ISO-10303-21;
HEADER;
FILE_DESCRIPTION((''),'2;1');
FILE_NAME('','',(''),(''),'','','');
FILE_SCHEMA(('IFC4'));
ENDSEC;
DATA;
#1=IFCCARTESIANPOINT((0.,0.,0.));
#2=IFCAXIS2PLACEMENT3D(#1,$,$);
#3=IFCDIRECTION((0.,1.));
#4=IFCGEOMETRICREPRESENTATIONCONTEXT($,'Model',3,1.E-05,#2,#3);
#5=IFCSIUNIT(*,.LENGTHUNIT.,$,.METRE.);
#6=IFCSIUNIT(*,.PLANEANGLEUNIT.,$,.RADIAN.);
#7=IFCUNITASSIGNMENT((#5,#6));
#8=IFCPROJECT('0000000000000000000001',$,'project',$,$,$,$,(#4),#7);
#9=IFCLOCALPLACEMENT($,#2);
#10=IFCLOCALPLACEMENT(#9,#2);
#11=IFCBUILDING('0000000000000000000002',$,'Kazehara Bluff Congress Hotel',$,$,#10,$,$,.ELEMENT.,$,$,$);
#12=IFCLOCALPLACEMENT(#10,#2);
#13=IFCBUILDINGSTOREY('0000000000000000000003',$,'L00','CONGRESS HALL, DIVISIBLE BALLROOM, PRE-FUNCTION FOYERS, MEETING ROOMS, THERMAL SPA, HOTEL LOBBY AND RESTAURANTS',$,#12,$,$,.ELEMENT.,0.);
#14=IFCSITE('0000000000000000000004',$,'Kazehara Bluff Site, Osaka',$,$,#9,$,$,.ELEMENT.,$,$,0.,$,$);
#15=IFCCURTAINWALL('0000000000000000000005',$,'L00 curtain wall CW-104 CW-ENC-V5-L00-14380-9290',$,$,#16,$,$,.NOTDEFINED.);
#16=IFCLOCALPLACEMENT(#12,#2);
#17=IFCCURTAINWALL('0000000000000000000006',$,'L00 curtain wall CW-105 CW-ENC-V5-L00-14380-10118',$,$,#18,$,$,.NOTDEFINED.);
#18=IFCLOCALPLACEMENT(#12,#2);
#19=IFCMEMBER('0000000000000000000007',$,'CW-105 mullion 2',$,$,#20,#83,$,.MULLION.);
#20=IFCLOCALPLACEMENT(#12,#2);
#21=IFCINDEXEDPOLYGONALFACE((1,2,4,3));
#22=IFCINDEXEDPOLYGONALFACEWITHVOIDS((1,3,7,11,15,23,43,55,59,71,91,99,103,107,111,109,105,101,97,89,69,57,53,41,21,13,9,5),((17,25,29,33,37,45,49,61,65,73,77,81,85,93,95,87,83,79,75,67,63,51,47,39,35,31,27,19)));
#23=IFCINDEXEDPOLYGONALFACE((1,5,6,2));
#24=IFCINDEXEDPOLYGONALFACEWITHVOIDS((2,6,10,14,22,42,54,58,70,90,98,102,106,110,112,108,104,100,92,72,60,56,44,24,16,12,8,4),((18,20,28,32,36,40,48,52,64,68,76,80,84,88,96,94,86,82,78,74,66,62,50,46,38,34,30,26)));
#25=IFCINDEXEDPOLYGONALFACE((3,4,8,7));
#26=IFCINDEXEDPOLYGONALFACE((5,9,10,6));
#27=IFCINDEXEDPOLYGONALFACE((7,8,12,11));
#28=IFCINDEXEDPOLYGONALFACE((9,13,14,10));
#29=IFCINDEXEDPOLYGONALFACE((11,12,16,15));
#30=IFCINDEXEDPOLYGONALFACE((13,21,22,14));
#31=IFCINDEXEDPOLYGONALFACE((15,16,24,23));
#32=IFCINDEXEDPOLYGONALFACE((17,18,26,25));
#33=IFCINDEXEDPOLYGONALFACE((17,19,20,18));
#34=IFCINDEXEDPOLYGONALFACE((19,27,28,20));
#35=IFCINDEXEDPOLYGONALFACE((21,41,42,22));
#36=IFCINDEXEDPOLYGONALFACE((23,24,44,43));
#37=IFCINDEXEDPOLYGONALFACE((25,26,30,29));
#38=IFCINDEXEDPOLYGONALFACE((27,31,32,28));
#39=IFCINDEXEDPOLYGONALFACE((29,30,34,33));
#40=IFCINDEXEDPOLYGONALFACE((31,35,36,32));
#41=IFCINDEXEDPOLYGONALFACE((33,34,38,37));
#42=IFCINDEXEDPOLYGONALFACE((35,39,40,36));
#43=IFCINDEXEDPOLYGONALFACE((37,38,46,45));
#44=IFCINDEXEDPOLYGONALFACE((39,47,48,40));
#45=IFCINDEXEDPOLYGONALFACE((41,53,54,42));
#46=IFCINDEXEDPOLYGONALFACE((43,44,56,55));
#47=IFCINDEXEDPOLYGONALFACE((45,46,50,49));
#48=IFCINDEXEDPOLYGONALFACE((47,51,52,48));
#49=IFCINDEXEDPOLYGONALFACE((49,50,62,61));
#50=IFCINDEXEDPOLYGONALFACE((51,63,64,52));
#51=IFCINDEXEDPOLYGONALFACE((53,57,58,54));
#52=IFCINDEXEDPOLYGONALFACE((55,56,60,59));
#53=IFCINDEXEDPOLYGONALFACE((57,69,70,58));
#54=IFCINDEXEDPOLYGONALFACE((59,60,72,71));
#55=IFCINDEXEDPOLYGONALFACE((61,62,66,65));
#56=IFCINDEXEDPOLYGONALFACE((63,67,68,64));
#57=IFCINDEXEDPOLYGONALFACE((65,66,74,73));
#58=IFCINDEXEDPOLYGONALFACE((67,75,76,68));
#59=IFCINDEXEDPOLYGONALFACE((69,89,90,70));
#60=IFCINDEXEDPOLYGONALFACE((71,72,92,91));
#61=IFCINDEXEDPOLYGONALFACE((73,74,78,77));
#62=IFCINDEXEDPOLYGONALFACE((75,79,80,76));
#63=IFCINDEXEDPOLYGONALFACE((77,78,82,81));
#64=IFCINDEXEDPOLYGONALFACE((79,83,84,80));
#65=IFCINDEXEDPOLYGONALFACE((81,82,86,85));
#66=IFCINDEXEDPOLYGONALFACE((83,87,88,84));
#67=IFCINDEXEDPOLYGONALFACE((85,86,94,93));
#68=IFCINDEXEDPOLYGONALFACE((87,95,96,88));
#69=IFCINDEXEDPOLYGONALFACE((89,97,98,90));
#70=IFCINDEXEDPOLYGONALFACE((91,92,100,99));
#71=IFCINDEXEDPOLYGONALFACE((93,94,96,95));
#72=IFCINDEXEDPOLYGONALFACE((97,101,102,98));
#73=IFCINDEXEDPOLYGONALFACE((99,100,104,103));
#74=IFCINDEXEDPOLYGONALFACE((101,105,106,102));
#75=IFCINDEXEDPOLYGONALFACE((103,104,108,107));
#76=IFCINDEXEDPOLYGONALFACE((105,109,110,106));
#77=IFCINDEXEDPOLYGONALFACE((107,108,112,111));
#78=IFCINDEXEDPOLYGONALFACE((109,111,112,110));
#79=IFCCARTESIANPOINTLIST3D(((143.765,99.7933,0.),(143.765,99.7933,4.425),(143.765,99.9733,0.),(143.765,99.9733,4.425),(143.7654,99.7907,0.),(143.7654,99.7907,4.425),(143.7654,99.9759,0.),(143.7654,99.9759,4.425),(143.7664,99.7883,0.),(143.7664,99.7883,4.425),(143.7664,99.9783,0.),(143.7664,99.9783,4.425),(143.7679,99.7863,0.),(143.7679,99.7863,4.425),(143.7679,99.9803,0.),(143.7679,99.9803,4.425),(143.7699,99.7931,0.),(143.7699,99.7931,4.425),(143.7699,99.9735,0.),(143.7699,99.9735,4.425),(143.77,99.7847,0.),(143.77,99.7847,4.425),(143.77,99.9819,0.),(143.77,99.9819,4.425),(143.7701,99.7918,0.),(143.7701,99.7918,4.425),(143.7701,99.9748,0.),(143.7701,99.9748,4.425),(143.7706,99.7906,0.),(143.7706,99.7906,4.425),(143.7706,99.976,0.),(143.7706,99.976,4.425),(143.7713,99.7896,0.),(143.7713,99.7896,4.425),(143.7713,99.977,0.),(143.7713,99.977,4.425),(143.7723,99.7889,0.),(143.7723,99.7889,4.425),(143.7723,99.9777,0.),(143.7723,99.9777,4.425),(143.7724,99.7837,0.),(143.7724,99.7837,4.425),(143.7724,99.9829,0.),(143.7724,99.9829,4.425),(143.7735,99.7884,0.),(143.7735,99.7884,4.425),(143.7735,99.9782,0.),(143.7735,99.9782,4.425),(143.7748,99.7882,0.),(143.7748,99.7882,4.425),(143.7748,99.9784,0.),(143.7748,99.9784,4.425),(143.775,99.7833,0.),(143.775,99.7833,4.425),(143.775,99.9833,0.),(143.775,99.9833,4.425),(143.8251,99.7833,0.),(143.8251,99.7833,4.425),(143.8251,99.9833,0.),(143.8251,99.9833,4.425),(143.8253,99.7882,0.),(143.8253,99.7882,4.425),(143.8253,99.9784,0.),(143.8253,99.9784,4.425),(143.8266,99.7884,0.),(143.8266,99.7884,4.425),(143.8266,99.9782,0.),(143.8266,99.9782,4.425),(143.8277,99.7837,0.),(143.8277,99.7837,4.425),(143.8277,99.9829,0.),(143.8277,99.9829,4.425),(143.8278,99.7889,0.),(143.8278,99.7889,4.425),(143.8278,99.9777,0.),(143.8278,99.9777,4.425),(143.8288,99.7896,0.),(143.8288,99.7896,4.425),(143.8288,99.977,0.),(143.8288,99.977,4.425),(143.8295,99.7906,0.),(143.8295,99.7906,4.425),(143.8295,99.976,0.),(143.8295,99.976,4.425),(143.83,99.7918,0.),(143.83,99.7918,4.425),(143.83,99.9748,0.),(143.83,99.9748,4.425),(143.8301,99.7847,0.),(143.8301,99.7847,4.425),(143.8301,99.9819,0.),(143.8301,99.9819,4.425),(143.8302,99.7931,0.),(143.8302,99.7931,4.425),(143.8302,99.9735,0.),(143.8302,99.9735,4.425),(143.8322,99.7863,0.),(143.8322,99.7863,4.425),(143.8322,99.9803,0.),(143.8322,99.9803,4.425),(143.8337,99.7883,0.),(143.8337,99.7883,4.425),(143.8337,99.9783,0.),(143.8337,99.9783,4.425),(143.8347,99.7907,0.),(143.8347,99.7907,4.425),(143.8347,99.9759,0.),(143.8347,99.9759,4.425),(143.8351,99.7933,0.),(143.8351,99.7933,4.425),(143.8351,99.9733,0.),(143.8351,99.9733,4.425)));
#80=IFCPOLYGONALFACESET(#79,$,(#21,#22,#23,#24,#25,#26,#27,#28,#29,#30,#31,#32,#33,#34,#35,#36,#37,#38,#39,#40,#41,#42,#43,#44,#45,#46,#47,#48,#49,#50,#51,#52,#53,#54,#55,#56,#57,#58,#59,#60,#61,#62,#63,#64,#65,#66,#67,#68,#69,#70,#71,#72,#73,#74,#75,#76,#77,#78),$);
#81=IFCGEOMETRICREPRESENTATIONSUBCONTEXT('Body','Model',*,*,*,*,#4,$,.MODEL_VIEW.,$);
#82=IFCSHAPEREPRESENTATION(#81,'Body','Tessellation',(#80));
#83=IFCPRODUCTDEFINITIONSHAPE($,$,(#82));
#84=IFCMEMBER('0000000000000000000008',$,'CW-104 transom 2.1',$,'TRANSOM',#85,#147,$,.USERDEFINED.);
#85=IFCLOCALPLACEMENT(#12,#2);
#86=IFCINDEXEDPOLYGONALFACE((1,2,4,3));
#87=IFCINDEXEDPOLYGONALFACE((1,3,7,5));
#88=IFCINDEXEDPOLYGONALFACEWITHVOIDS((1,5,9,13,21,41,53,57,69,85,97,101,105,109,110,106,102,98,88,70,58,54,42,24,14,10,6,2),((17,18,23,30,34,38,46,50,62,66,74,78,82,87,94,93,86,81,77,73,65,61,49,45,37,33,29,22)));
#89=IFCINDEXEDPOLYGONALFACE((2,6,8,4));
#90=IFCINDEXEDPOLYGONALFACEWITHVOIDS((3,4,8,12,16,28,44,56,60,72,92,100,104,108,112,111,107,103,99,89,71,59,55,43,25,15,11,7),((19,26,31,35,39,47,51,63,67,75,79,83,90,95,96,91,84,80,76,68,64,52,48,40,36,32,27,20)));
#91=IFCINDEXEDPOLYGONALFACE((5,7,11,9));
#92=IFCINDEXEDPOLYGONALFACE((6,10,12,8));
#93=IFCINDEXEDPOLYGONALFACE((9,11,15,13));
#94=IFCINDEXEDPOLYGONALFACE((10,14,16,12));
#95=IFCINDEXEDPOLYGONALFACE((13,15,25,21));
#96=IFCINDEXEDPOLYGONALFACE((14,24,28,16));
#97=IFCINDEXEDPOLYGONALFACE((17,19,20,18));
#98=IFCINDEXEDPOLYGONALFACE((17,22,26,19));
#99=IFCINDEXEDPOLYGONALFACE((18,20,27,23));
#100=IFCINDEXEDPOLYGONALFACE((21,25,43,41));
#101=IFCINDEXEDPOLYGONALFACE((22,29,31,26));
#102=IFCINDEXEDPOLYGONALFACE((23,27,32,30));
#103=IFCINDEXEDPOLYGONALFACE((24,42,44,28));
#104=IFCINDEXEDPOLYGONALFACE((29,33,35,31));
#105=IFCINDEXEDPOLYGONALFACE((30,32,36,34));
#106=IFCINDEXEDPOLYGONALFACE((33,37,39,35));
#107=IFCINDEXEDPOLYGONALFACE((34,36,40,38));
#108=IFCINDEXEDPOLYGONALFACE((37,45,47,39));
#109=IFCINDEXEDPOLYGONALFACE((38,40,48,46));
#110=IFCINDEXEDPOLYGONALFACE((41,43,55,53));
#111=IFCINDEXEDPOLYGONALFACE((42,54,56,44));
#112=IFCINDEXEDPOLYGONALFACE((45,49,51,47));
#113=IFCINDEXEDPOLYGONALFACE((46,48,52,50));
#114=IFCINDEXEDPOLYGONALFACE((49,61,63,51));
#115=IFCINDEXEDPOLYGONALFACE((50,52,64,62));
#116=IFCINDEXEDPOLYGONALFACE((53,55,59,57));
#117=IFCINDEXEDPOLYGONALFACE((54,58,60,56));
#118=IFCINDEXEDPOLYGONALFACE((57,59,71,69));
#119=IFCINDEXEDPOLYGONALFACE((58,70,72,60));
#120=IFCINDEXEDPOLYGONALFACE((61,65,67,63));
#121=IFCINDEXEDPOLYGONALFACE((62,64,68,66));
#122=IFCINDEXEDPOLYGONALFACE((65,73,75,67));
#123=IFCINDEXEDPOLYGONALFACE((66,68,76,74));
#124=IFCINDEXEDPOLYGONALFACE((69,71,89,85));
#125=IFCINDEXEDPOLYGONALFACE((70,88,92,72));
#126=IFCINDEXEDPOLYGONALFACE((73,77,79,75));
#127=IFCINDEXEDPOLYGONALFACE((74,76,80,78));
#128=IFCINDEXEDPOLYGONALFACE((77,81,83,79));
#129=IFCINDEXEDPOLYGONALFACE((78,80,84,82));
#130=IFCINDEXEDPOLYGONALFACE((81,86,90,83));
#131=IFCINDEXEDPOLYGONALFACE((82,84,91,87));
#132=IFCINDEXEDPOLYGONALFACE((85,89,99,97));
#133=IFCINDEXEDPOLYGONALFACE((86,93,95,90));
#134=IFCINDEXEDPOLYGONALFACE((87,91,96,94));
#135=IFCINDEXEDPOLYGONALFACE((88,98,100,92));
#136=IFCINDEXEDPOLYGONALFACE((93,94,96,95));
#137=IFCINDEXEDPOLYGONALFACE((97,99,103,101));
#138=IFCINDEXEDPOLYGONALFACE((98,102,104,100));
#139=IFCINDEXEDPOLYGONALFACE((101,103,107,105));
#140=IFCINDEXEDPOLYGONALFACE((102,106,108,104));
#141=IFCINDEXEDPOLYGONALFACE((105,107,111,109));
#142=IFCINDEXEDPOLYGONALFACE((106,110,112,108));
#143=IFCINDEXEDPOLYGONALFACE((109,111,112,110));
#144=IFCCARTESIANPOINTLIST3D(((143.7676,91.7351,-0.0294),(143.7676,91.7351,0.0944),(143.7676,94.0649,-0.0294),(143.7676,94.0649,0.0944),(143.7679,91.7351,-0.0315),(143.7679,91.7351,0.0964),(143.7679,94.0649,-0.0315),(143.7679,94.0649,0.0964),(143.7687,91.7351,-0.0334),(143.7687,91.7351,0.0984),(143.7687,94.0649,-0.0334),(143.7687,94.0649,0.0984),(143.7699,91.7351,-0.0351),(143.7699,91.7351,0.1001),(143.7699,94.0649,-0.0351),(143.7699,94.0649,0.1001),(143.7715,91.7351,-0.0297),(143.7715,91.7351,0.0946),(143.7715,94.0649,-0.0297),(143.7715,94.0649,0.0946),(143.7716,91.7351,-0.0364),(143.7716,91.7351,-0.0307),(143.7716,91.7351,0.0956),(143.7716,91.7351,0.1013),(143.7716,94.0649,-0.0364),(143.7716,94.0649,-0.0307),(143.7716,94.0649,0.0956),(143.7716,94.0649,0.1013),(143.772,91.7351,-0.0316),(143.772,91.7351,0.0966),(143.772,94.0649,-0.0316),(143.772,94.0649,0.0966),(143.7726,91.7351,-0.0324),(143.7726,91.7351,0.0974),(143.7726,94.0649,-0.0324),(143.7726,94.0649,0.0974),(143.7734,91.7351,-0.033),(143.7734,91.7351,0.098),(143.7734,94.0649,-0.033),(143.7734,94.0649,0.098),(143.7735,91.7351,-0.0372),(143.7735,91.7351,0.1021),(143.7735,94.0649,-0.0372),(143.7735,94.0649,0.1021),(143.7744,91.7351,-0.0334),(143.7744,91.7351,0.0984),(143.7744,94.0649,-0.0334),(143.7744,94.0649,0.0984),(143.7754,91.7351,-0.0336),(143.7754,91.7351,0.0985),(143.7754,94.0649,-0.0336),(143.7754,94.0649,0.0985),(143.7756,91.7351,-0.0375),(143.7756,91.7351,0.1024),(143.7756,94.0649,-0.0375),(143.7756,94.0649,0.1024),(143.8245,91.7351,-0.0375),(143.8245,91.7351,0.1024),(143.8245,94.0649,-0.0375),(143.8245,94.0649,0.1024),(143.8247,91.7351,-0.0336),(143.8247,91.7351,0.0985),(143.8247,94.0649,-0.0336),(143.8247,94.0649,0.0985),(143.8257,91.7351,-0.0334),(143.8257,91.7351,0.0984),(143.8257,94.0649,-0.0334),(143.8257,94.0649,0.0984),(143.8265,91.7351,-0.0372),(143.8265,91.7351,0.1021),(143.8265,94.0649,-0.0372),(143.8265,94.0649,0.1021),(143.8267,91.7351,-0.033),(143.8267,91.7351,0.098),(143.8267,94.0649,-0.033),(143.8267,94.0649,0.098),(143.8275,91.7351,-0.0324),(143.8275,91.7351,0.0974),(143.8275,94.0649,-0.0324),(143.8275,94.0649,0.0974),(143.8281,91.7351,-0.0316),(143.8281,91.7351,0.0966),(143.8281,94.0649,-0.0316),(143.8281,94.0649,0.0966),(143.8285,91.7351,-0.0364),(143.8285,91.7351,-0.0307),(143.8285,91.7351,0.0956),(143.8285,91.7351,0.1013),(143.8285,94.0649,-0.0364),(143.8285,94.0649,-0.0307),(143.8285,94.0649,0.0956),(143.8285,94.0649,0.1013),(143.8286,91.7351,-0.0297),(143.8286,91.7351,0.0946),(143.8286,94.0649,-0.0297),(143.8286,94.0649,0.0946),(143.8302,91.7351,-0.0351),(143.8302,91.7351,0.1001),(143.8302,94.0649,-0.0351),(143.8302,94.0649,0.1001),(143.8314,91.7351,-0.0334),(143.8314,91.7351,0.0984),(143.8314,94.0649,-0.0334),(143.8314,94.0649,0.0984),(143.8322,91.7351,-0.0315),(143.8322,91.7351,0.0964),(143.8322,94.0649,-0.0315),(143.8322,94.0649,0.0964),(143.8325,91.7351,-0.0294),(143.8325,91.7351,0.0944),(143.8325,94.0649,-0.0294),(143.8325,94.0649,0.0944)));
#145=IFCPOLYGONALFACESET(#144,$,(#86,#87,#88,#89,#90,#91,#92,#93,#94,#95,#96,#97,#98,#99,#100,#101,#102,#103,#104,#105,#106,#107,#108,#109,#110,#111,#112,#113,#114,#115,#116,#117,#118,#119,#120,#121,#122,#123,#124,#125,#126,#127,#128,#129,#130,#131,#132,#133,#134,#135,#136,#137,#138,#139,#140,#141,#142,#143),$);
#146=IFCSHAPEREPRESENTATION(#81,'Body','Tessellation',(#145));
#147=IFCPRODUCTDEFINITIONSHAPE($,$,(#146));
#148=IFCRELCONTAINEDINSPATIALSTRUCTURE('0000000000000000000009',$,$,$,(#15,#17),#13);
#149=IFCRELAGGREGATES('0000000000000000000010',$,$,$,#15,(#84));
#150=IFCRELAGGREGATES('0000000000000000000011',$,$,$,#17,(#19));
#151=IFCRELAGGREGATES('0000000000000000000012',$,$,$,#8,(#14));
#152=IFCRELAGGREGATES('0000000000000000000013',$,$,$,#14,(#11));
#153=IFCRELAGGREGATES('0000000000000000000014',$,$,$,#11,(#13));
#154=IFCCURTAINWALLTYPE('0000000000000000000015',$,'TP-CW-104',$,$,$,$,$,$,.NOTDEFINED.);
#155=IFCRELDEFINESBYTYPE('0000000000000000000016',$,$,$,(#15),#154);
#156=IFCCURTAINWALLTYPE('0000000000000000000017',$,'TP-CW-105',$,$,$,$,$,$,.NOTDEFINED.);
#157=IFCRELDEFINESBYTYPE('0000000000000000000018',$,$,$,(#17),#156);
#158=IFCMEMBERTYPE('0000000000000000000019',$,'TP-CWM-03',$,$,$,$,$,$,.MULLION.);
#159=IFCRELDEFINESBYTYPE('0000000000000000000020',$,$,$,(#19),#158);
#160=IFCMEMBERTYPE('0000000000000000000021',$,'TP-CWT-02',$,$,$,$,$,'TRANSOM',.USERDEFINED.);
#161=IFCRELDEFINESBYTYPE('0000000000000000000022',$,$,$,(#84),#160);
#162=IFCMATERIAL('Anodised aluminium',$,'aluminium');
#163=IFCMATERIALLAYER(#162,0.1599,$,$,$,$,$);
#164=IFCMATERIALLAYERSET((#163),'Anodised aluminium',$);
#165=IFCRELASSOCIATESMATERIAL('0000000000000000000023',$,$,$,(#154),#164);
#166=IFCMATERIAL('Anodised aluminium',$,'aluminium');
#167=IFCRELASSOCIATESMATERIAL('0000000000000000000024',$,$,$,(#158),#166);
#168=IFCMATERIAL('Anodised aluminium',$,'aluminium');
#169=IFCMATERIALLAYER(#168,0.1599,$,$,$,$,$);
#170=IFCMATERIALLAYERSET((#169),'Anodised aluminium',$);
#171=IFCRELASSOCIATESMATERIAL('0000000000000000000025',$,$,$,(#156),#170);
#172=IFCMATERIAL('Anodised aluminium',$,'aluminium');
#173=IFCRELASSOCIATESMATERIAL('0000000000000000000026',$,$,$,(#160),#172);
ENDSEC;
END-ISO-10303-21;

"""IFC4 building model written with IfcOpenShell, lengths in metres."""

from ifc_helpers import new_model, si_unit, direction, frame, origin, origin_2d, place, context, subcontext, project, spatial, hollow_rectangle, extrude, material, layer, layer_set, material_profile, profile_set, type_object, element, aggregate, save


model = new_model("IFC4")

# Units and contexts
model_context = context("Model", 3, precision=1e-05, world=origin(), true_north=direction((0.0, 1.0)))
body_context = subcontext(model_context, "Body", "Model", "MODEL_VIEW")
ifc_project = project(units=[si_unit("LENGTHUNIT", "METRE"), si_unit("PLANEANGLEUNIT", "RADIAN")], contexts=[model_context])

# Site, building, storey
site_placement = place(None, origin())
site = spatial("IfcSite", under=ifc_project, at=site_placement, Name="Kazehara Bluff Site, Osaka", CompositionType="ELEMENT", RefElevation=0.0)
building_placement = place(site_placement, origin())
building = spatial("IfcBuilding", under=site, at=building_placement, Name="Kazehara Bluff Congress Hotel", CompositionType="ELEMENT")
storey_placement = place(building_placement, origin())
storey = spatial("IfcBuildingStorey", under=building, at=storey_placement, Name="L00", Description="CONGRESS HALL, DIVISIBLE BALLROOM, PRE-FUNCTION FOYERS, MEETING ROOMS, THERMAL SPA, HOTEL LOBBY AND RESTAURANTS", CompositionType="ELEMENT", Elevation=0.0)

# Curtain walls, member
ifc_material_1 = material(Name="Anodised aluminium", Category="aluminium")
ifc_layer_1 = layer(ifc_material_1, 0.1599)
ifc_layer_set_1 = layer_set([ifc_layer_1], Name="Anodised aluminium")
curtain_wall_type_1 = type_object("IfcCurtainWallType", Name="TP-CW-104", PredefinedType="NOTDEFINED", material=ifc_layer_set_1)
curtain_wall_1_placement = place(storey_placement, origin())
curtain_wall_1 = element("IfcCurtainWall", 1, at=curtain_wall_1_placement, inside=storey, type_object=curtain_wall_type_1, Name="L00 curtain wall CW-104 CW-ENC-V5-L00-14380-9290", PredefinedType="NOTDEFINED")
ifc_material_2 = material(Name="Anodised aluminium", Category="aluminium")
ifc_material_profile_1 = material_profile(ifc_material_2, hollow_rectangle(XDim=0.0701, YDim=0.2, WallThickness=0.0049, InnerFilletRadius=0.0049, OuterFilletRadius=0.01, at=origin_2d()))
ifc_profile_set_1 = profile_set([ifc_material_profile_1], Name="Anodised aluminium")
member_type_1 = type_object("IfcMemberType", Name="TP-CWM-03", PredefinedType="MULLION", material=ifc_profile_set_1)
ifc_material_3 = material(Name="Anodised aluminium", Category="aluminium")
ifc_layer_2 = layer(ifc_material_3, 0.1599)
ifc_layer_set_2 = layer_set([ifc_layer_2], Name="Anodised aluminium")
curtain_wall_type_2 = type_object("IfcCurtainWallType", Name="TP-CW-105", PredefinedType="NOTDEFINED", material=ifc_layer_set_2)
curtain_wall_2_placement = place(storey_placement, origin())
curtain_wall_2 = element("IfcCurtainWall", 2, at=curtain_wall_2_placement, inside=storey, type_object=curtain_wall_type_2, Name="L00 curtain wall CW-105 CW-ENC-V5-L00-14380-10118", PredefinedType="NOTDEFINED")
member_1_placement = place(storey_placement, frame((143.8, 99.8833, 0.0), z_axis=(0.0, 0.0, 1.0), x_axis=(-1.0, 0.0, 0.0)))
member_1 = element("IfcMember", 3, at=member_1_placement, type_object=member_type_1, Name="CW-105 mullion 2", PredefinedType="MULLION", context=body_context, shape_type="SweptSolid", body=[
    extrude(hollow_rectangle(XDim=0.0701, YDim=0.2, WallThickness=0.0049, InnerFilletRadius=0.0049, OuterFilletRadius=0.01, at=origin_2d()), origin(), (0.0, 0.0, 1.0), 4.425),
])

# Member
ifc_material_4 = material(Name="Anodised aluminium", Category="aluminium")
ifc_material_profile_2 = material_profile(ifc_material_4, hollow_rectangle(XDim=0.0649, YDim=0.1399, WallThickness=0.0039, InnerFilletRadius=0.0039, OuterFilletRadius=0.0081, at=origin_2d()))
ifc_profile_set_2 = profile_set([ifc_material_profile_2], Name="Anodised aluminium")
member_type_2 = type_object("IfcMemberType", Name="TP-CWT-02", ElementType="TRANSOM", PredefinedType="USERDEFINED", material=ifc_profile_set_2)
member_2_placement = place(storey_placement, frame((143.8, 91.7351, 0.0325), z_axis=(0.0, 1.0, 0.0), x_axis=(-1.0, 0.0, 0.0)))
member_2 = element("IfcMember", 4, at=member_2_placement, type_object=member_type_2, Name="CW-104 transom 2.1", ObjectType="TRANSOM", PredefinedType="USERDEFINED", context=body_context, shape_type="SweptSolid", body=[
    extrude(hollow_rectangle(XDim=0.0649, YDim=0.1399, WallThickness=0.0039, InnerFilletRadius=0.0039, OuterFilletRadius=0.0081, at=origin_2d()), origin(), (0.0, 0.0, 1.0), 2.3298),
])

aggregate(curtain_wall_1, [member_2])
aggregate(curtain_wall_2, [member_1])

save(model, "model.ifc")
